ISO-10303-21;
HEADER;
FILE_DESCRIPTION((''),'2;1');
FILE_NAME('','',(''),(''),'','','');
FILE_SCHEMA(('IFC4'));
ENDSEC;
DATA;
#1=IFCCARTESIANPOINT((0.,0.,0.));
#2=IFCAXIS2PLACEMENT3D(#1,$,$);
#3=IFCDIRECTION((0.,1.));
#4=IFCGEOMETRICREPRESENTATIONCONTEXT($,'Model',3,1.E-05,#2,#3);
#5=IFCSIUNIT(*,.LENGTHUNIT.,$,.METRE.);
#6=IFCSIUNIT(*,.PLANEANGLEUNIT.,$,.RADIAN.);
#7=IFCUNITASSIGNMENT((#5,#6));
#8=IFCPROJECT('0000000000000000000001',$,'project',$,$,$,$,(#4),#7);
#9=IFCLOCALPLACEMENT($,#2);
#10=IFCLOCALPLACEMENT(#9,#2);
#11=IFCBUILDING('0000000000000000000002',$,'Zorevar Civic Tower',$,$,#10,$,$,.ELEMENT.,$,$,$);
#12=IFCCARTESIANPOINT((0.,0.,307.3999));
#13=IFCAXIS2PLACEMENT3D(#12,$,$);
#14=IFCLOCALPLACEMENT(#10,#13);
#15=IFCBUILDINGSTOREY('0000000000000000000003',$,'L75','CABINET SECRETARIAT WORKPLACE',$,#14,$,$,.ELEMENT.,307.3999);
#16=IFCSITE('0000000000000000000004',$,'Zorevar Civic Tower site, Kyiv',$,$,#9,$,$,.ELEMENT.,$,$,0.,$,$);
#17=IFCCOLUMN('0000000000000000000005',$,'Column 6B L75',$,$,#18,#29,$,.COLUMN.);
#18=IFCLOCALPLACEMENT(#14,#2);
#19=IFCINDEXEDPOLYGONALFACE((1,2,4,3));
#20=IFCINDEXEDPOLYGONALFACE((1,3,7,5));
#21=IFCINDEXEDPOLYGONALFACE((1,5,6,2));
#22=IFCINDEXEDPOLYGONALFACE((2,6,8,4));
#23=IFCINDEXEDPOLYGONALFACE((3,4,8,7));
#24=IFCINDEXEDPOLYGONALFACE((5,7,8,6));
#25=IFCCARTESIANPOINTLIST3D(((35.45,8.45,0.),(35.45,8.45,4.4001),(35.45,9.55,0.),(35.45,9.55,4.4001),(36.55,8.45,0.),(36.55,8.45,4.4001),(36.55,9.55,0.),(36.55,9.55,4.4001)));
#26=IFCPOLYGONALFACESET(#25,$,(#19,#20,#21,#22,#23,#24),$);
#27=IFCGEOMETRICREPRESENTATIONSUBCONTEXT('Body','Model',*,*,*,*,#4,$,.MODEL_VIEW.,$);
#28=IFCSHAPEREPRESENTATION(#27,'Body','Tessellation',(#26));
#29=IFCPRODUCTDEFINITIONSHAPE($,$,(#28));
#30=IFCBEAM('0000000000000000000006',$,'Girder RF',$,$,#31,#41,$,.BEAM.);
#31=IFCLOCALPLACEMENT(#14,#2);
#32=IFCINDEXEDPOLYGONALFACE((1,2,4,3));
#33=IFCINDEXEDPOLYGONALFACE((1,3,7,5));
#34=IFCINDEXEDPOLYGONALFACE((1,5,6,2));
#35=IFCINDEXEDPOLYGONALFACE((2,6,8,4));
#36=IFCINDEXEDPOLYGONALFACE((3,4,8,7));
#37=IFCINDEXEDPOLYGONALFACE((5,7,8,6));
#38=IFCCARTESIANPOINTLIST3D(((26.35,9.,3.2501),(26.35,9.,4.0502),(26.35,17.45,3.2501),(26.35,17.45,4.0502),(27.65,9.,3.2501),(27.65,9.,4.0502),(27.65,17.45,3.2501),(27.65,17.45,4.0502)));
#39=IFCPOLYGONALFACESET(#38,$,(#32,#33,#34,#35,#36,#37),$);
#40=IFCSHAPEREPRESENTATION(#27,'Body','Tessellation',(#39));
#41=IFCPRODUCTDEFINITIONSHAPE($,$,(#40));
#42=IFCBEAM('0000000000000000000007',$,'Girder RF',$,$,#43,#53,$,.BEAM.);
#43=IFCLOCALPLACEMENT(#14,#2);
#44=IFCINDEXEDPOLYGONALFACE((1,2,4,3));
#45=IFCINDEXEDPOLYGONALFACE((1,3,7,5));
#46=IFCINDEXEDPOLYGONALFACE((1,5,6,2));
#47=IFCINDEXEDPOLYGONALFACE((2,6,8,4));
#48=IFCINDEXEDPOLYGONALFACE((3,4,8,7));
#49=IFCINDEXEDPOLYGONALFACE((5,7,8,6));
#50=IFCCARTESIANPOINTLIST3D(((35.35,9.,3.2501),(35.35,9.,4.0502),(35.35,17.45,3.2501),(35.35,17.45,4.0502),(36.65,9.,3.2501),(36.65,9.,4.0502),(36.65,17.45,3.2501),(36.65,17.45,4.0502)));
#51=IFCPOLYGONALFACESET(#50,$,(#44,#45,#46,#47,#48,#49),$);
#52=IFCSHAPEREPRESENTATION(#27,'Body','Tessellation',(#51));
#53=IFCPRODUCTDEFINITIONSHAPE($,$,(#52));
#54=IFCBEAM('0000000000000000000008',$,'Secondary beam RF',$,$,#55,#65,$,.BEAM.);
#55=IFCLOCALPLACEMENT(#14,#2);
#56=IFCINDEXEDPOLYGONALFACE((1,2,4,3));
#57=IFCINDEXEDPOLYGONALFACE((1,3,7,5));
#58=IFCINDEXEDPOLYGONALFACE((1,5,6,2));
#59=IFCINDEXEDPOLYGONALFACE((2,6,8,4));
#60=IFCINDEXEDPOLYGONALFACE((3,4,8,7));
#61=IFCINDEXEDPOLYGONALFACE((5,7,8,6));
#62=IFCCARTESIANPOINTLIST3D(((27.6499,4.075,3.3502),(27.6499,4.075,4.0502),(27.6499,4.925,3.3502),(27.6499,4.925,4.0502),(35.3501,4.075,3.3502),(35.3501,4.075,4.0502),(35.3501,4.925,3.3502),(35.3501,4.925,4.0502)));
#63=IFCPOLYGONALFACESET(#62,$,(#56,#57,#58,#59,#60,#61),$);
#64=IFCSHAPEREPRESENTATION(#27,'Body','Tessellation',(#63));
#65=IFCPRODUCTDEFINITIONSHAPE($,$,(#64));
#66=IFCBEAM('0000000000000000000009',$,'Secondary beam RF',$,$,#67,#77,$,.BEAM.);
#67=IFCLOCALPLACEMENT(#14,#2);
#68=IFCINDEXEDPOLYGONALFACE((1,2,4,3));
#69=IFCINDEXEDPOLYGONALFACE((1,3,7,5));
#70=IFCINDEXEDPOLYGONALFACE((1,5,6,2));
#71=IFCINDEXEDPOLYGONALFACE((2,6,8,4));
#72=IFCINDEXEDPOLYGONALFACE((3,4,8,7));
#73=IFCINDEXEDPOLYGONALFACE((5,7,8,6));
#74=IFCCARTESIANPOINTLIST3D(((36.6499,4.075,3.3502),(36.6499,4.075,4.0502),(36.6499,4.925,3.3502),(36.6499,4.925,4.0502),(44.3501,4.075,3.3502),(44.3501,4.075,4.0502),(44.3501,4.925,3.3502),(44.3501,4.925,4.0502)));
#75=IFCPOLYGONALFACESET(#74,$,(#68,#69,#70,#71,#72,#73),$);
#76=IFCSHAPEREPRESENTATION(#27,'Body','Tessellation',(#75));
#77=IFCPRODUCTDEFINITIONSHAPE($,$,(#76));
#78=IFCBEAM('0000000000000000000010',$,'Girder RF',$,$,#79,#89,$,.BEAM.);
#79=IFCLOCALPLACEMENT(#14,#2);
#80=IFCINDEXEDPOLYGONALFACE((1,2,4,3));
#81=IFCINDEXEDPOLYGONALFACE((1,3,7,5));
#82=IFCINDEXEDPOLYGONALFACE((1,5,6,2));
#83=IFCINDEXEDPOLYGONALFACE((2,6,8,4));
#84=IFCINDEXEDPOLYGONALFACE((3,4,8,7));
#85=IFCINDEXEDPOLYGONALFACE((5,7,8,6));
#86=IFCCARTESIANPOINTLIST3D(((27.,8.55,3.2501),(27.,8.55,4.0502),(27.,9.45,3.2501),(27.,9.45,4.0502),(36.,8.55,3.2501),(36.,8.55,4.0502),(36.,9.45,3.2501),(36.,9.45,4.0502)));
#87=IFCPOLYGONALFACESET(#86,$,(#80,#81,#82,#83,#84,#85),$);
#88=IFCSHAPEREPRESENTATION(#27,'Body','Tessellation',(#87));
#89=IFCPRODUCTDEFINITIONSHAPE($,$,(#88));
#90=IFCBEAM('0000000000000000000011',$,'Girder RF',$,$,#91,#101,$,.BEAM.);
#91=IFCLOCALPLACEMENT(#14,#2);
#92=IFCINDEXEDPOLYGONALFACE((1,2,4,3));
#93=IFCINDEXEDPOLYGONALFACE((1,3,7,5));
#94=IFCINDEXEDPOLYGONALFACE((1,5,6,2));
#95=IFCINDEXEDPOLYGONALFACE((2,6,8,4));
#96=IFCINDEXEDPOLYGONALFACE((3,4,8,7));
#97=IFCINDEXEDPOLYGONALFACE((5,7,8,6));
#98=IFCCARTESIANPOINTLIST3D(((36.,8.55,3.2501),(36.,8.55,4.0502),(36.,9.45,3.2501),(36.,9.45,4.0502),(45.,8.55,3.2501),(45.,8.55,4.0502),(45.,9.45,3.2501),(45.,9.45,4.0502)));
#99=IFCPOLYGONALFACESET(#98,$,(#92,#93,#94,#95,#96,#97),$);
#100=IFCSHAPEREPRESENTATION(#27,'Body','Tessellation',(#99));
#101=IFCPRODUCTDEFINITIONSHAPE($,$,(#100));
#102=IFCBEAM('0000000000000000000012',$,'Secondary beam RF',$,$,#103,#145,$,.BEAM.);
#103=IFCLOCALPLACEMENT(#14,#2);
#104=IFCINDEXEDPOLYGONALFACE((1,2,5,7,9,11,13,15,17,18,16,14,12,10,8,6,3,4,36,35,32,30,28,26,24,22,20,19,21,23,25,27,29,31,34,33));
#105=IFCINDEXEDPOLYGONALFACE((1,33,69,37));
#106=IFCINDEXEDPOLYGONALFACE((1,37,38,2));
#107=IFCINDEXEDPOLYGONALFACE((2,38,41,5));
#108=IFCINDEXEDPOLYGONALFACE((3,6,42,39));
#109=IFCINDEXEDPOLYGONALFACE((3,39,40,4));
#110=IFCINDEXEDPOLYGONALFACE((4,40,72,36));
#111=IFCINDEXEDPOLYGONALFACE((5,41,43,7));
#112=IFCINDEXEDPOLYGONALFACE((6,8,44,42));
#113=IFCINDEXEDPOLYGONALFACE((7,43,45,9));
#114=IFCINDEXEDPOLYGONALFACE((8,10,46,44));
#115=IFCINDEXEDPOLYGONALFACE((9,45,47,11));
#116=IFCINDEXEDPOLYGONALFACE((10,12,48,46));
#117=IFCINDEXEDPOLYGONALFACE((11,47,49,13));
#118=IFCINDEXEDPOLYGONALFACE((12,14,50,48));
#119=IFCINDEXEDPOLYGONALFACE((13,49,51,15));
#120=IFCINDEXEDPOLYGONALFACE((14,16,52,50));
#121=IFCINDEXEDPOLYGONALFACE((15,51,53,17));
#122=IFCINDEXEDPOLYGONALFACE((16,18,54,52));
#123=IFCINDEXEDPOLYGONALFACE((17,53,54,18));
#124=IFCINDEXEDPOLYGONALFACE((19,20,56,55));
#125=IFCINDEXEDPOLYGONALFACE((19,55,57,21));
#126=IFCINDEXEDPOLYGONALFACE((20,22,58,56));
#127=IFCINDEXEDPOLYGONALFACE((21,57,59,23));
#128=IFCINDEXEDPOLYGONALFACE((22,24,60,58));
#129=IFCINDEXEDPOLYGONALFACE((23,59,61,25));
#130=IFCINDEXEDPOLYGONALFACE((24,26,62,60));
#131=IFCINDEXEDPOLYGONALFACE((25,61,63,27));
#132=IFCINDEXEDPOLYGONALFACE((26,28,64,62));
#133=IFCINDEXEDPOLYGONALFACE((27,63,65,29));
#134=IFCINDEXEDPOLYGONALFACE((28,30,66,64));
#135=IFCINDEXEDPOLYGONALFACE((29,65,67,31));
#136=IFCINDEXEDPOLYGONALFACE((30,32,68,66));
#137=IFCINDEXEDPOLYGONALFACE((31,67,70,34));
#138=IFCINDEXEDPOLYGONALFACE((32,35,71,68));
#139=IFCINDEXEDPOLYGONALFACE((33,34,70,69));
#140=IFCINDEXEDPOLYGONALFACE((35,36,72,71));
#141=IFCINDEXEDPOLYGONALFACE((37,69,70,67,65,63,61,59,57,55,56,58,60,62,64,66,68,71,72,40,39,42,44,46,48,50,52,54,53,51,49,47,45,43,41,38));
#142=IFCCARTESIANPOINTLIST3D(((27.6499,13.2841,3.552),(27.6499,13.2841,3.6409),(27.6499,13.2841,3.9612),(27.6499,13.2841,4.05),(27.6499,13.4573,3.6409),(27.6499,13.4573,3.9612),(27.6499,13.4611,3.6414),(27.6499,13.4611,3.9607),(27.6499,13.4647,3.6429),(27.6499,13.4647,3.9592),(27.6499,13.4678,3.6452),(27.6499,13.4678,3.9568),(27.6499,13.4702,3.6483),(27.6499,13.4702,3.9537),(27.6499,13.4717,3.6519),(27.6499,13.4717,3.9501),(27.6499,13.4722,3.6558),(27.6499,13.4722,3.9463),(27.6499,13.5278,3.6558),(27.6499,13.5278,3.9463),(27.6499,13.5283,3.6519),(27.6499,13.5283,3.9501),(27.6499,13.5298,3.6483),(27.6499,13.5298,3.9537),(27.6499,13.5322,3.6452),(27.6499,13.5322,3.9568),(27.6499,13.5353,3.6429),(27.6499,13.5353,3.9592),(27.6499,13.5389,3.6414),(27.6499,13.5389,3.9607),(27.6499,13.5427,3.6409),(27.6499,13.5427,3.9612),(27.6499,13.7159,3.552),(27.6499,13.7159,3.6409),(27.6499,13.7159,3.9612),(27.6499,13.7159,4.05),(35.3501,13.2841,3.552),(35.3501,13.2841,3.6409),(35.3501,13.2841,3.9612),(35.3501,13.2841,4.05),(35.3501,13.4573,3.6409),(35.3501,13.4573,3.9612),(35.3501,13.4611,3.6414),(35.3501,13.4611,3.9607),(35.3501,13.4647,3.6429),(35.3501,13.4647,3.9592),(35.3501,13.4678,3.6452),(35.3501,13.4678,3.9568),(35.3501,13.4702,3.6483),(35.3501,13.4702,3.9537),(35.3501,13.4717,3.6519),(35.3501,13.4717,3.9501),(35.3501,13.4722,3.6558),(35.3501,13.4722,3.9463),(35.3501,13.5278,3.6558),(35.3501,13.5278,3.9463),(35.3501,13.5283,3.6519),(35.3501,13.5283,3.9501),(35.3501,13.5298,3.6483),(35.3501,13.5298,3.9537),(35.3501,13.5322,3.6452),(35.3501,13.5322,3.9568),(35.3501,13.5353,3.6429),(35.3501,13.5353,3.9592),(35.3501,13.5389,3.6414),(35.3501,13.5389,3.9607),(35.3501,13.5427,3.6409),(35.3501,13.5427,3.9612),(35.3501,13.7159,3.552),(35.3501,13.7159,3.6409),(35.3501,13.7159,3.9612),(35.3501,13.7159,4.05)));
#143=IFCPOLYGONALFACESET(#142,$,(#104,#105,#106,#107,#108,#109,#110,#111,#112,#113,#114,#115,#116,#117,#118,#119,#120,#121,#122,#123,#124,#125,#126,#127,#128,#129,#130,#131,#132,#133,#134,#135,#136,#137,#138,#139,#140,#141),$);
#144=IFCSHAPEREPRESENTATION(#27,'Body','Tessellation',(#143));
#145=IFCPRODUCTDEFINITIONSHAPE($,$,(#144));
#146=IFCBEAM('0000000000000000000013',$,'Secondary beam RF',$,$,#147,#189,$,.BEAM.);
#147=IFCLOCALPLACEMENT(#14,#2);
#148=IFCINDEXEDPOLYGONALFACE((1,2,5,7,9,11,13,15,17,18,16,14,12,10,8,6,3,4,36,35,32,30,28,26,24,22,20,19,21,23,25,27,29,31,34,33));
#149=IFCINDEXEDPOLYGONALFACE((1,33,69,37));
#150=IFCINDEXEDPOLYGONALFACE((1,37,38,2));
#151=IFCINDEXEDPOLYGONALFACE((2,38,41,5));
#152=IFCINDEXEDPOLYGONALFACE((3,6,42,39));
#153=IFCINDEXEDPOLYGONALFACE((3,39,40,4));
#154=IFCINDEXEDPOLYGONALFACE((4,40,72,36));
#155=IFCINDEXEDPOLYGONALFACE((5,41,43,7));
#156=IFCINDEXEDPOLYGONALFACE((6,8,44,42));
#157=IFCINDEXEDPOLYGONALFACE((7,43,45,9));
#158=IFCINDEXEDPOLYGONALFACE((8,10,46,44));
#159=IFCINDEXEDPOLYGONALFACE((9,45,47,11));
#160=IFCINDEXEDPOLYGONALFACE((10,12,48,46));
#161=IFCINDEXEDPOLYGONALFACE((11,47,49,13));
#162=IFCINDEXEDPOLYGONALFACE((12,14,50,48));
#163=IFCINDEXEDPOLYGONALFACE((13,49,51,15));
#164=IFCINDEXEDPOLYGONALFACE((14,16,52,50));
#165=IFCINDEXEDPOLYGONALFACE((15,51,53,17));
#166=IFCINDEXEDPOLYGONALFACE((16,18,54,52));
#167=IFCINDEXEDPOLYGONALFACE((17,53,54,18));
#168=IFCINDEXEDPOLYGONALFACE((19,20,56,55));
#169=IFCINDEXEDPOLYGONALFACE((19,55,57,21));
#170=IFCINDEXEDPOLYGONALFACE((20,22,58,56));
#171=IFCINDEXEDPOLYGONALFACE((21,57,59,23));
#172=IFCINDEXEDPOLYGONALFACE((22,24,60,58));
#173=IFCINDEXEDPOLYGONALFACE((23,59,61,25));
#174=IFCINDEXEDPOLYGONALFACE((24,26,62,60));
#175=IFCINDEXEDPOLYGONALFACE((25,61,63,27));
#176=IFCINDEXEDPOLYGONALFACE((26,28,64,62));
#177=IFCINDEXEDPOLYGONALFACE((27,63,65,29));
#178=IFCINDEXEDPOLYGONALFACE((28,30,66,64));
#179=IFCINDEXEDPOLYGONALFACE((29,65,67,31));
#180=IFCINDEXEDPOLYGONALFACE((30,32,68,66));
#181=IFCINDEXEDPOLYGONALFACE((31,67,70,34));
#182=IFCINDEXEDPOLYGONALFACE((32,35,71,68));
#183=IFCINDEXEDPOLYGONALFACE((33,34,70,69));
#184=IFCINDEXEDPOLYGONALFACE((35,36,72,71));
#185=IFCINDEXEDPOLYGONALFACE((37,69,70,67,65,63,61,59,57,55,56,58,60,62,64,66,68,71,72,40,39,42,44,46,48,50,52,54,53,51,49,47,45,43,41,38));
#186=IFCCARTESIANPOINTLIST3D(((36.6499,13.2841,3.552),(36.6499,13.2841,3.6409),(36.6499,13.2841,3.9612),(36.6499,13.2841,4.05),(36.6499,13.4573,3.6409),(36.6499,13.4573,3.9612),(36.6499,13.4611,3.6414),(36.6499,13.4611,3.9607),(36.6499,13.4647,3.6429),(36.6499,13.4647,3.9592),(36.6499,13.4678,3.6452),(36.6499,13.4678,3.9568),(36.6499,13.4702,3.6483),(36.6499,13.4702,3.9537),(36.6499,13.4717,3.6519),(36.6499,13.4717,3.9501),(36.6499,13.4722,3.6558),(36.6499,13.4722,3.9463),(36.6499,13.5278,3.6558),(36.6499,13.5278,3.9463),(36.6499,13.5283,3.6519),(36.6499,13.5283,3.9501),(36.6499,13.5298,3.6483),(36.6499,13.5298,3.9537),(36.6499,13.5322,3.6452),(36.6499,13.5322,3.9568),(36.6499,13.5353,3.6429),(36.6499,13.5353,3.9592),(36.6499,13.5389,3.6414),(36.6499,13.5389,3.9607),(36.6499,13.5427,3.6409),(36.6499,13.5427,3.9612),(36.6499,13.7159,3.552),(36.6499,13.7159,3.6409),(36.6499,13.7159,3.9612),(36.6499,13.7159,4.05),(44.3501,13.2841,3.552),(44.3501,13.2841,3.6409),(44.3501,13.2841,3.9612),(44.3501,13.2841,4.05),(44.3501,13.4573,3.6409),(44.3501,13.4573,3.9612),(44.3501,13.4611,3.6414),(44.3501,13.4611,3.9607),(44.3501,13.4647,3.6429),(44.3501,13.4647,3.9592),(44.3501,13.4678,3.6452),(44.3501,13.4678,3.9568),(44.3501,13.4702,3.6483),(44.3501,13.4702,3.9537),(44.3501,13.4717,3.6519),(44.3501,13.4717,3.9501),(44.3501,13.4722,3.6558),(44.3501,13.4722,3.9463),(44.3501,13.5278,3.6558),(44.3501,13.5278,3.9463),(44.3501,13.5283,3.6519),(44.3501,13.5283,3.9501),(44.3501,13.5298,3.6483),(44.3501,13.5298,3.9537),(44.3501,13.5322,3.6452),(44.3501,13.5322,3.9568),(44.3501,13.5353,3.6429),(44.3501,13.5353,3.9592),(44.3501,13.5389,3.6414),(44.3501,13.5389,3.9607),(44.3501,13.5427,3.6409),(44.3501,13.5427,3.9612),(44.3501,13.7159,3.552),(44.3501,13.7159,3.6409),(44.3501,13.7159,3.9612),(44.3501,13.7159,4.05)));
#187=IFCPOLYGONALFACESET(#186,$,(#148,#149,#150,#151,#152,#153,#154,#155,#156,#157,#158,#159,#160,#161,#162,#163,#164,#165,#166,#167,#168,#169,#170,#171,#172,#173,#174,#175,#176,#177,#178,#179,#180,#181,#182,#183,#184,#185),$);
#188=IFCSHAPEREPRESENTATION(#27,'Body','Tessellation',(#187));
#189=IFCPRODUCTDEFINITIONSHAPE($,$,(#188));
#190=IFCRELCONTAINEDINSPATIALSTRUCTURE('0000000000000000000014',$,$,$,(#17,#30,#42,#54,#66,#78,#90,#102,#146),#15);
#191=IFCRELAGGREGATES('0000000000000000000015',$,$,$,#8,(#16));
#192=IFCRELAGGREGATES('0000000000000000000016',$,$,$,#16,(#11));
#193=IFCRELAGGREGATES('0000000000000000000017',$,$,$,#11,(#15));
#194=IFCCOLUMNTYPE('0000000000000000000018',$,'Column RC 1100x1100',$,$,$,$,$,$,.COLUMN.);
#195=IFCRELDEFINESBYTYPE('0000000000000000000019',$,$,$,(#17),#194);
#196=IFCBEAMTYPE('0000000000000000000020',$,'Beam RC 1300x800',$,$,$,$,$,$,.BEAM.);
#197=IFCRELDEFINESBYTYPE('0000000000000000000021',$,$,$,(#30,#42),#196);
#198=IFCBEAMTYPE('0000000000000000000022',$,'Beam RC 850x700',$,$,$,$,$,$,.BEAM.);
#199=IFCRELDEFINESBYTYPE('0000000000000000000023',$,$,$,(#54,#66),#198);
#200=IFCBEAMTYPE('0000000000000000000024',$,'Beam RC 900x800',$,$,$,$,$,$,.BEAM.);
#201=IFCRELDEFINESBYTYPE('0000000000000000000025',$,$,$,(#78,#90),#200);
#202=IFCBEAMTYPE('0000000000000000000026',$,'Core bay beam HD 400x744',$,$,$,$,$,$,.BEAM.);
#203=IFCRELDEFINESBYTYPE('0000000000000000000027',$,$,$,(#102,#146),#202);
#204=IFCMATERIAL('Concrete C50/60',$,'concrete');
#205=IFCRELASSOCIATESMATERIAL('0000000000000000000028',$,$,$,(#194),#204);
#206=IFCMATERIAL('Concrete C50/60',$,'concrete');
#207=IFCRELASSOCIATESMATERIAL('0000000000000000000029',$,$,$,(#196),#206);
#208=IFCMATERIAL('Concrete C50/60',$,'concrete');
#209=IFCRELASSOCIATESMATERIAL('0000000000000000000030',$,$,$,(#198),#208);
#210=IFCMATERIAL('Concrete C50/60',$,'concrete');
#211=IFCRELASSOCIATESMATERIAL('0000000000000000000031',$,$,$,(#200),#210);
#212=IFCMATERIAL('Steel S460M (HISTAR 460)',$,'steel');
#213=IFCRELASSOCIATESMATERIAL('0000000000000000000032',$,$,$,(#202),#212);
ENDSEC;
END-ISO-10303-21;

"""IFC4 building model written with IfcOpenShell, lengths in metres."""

from ifc_helpers import new_model, si_unit, direction, frame, origin, origin_2d, place, context, subcontext, project, spatial, rectangle, i_section, extrude, material, material_profile, profile_set, type_object, element, save


model = new_model("IFC4")

# Units and contexts
model_context = context("Model", 3, precision=1e-05, world=origin(), true_north=direction((0.0, 1.0)))
body_context = subcontext(model_context, "Body", "Model", "MODEL_VIEW")
ifc_project = project(units=[si_unit("LENGTHUNIT", "METRE"), si_unit("PLANEANGLEUNIT", "RADIAN")], contexts=[model_context])

# Site, building, storey
site_placement = place(None, origin())
site = spatial("IfcSite", under=ifc_project, at=site_placement, Name="Zorevar Civic Tower site, Kyiv", CompositionType="ELEMENT", RefElevation=0.0)
building_placement = place(site_placement, origin())
building = spatial("IfcBuilding", under=site, at=building_placement, Name="Zorevar Civic Tower", CompositionType="ELEMENT")
storey_placement = place(building_placement, frame((0.0, 0.0, 307.3999)))
storey = spatial("IfcBuildingStorey", under=building, at=storey_placement, Name="L75", Description="CABINET SECRETARIAT WORKPLACE", CompositionType="ELEMENT", Elevation=307.3999)

# Column
ifc_material_1 = material(Name="Concrete C50/60", Category="concrete")
ifc_material_profile_1 = material_profile(ifc_material_1, rectangle(XDim=1.1001, YDim=1.1001, at=origin_2d()), Name="RC 1100x1100")
ifc_profile_set_1 = profile_set([ifc_material_profile_1], Name="Concrete C50/60")
column_type = type_object("IfcColumnType", Name="Column RC 1100x1100", PredefinedType="COLUMN", material=ifc_profile_set_1)
column_placement = place(storey_placement, frame((36.0, 9.0, 0.0), z_axis=(0.0, 0.0, 1.0), x_axis=(1.0, 0.0, 0.0)))
element("IfcColumn", 1, at=column_placement, inside=storey, type_object=column_type, Name="Column 6B L75", PredefinedType="COLUMN", context=body_context, shape_type="SweptSolid", body=[
    extrude(rectangle(XDim=1.1001, YDim=1.1001, at=origin_2d()), origin(), (0.0, 0.0, 1.0), 4.4001),
])

# Beams
ifc_material_2 = material(Name="Concrete C50/60", Category="concrete")
ifc_material_profile_2 = material_profile(ifc_material_2, rectangle(XDim=1.3, YDim=0.8, at=origin_2d()), Name="RC 1300x800")
ifc_profile_set_2 = profile_set([ifc_material_profile_2], Name="Concrete C50/60")
beam_type_1 = type_object("IfcBeamType", Name="Beam RC 1300x800", PredefinedType="BEAM", material=ifc_profile_set_2)
for number, where, z_axis, x_axis, name in (
    (2, (27.0, 9.0, 3.6501), (0.0, 1.0, 0.0), (-1.0, 0.0, 0.0), "Girder RF"),
    (3, (36.0, 9.0, 3.6501), (0.0, 1.0, 0.0), (-1.0, 0.0, 0.0), "Girder RF"),
):
    element("IfcBeam", number, at=place(storey_placement, frame(where, z_axis=z_axis, x_axis=x_axis)), inside=storey, type_object=beam_type_1, Name=name, PredefinedType="BEAM", context=body_context, shape_type="SweptSolid", body=[
        extrude(rectangle(XDim=1.3, YDim=0.8, at=origin_2d()), origin(), (0.0, 0.0, 1.0), 8.45),
    ])
ifc_material_3 = material(Name="Concrete C50/60", Category="concrete")
ifc_material_profile_3 = material_profile(ifc_material_3, rectangle(XDim=0.8501, YDim=0.7, at=origin_2d()), Name="RC 850x700")
ifc_profile_set_3 = profile_set([ifc_material_profile_3], Name="Concrete C50/60")
beam_type_2 = type_object("IfcBeamType", Name="Beam RC 850x700", PredefinedType="BEAM", material=ifc_profile_set_3)
for number, where, z_axis, x_axis, name in (
    (4, (27.6499, 4.5, 3.7002), (1.0, 0.0, 0.0), (0.0, 1.0, 0.0), "Secondary beam RF"),
    (5, (36.6499, 4.5, 3.7002), (1.0, 0.0, 0.0), (0.0, 1.0, 0.0), "Secondary beam RF"),
):
    element("IfcBeam", number, at=place(storey_placement, frame(where, z_axis=z_axis, x_axis=x_axis)), inside=storey, type_object=beam_type_2, Name=name, PredefinedType="BEAM", context=body_context, shape_type="SweptSolid", body=[
        extrude(rectangle(XDim=0.8501, YDim=0.7, at=origin_2d()), origin(), (0.0, 0.0, 1.0), 7.7002),
    ])
ifc_material_4 = material(Name="Concrete C50/60", Category="concrete")
ifc_material_profile_4 = material_profile(ifc_material_4, rectangle(XDim=0.8999, YDim=0.8, at=origin_2d()), Name="RC 900x800")
ifc_profile_set_4 = profile_set([ifc_material_profile_4], Name="Concrete C50/60")
beam_type_3 = type_object("IfcBeamType", Name="Beam RC 900x800", PredefinedType="BEAM", material=ifc_profile_set_4)
for number, where, z_axis, x_axis, name in (
    (6, (27.0, 9.0, 3.6501), (1.0, 0.0, 0.0), (0.0, 1.0, 0.0), "Girder RF"),
    (7, (36.0, 9.0, 3.6501), (1.0, 0.0, 0.0), (0.0, 1.0, 0.0), "Girder RF"),
):
    element("IfcBeam", number, at=place(storey_placement, frame(where, z_axis=z_axis, x_axis=x_axis)), inside=storey, type_object=beam_type_3, Name=name, PredefinedType="BEAM", context=body_context, shape_type="SweptSolid", body=[
        extrude(rectangle(XDim=0.8999, YDim=0.8, at=origin_2d()), origin(), (0.0, 0.0, 1.0), 9.0),
    ])
ifc_material_5 = material(Name="Steel S460M (HISTAR 460)", Category="steel")
ifc_material_profile_5 = material_profile(ifc_material_5, i_section(OverallWidth=0.4319, OverallDepth=0.498, WebThickness=0.0557, FlangeThickness=0.0889, FilletRadius=0.0149, at=origin_2d()), Name="HD 400x744")
ifc_profile_set_5 = profile_set([ifc_material_profile_5], Name="Steel S460M (HISTAR 460)")
beam_type_4 = type_object("IfcBeamType", Name="Core bay beam HD 400x744", PredefinedType="BEAM", material=ifc_profile_set_5)
for number, where, z_axis, x_axis, name in (
    (8, (27.6499, 13.5, 3.801), (1.0, 0.0, 0.0), (0.0, 1.0, 0.0), "Secondary beam RF"),
    (9, (36.6499, 13.5, 3.801), (1.0, 0.0, 0.0), (0.0, 1.0, 0.0), "Secondary beam RF"),
):
    element("IfcBeam", number, at=place(storey_placement, frame(where, z_axis=z_axis, x_axis=x_axis)), inside=storey, type_object=beam_type_4, Name=name, PredefinedType="BEAM", context=body_context, shape_type="SweptSolid", body=[
        extrude(i_section(OverallWidth=0.4319, OverallDepth=0.498, WebThickness=0.0557, FlangeThickness=0.0889, FilletRadius=0.0149, at=origin_2d()), origin(), (0.0, 0.0, 1.0), 7.7002),
    ])

save(model, "model.ifc")
